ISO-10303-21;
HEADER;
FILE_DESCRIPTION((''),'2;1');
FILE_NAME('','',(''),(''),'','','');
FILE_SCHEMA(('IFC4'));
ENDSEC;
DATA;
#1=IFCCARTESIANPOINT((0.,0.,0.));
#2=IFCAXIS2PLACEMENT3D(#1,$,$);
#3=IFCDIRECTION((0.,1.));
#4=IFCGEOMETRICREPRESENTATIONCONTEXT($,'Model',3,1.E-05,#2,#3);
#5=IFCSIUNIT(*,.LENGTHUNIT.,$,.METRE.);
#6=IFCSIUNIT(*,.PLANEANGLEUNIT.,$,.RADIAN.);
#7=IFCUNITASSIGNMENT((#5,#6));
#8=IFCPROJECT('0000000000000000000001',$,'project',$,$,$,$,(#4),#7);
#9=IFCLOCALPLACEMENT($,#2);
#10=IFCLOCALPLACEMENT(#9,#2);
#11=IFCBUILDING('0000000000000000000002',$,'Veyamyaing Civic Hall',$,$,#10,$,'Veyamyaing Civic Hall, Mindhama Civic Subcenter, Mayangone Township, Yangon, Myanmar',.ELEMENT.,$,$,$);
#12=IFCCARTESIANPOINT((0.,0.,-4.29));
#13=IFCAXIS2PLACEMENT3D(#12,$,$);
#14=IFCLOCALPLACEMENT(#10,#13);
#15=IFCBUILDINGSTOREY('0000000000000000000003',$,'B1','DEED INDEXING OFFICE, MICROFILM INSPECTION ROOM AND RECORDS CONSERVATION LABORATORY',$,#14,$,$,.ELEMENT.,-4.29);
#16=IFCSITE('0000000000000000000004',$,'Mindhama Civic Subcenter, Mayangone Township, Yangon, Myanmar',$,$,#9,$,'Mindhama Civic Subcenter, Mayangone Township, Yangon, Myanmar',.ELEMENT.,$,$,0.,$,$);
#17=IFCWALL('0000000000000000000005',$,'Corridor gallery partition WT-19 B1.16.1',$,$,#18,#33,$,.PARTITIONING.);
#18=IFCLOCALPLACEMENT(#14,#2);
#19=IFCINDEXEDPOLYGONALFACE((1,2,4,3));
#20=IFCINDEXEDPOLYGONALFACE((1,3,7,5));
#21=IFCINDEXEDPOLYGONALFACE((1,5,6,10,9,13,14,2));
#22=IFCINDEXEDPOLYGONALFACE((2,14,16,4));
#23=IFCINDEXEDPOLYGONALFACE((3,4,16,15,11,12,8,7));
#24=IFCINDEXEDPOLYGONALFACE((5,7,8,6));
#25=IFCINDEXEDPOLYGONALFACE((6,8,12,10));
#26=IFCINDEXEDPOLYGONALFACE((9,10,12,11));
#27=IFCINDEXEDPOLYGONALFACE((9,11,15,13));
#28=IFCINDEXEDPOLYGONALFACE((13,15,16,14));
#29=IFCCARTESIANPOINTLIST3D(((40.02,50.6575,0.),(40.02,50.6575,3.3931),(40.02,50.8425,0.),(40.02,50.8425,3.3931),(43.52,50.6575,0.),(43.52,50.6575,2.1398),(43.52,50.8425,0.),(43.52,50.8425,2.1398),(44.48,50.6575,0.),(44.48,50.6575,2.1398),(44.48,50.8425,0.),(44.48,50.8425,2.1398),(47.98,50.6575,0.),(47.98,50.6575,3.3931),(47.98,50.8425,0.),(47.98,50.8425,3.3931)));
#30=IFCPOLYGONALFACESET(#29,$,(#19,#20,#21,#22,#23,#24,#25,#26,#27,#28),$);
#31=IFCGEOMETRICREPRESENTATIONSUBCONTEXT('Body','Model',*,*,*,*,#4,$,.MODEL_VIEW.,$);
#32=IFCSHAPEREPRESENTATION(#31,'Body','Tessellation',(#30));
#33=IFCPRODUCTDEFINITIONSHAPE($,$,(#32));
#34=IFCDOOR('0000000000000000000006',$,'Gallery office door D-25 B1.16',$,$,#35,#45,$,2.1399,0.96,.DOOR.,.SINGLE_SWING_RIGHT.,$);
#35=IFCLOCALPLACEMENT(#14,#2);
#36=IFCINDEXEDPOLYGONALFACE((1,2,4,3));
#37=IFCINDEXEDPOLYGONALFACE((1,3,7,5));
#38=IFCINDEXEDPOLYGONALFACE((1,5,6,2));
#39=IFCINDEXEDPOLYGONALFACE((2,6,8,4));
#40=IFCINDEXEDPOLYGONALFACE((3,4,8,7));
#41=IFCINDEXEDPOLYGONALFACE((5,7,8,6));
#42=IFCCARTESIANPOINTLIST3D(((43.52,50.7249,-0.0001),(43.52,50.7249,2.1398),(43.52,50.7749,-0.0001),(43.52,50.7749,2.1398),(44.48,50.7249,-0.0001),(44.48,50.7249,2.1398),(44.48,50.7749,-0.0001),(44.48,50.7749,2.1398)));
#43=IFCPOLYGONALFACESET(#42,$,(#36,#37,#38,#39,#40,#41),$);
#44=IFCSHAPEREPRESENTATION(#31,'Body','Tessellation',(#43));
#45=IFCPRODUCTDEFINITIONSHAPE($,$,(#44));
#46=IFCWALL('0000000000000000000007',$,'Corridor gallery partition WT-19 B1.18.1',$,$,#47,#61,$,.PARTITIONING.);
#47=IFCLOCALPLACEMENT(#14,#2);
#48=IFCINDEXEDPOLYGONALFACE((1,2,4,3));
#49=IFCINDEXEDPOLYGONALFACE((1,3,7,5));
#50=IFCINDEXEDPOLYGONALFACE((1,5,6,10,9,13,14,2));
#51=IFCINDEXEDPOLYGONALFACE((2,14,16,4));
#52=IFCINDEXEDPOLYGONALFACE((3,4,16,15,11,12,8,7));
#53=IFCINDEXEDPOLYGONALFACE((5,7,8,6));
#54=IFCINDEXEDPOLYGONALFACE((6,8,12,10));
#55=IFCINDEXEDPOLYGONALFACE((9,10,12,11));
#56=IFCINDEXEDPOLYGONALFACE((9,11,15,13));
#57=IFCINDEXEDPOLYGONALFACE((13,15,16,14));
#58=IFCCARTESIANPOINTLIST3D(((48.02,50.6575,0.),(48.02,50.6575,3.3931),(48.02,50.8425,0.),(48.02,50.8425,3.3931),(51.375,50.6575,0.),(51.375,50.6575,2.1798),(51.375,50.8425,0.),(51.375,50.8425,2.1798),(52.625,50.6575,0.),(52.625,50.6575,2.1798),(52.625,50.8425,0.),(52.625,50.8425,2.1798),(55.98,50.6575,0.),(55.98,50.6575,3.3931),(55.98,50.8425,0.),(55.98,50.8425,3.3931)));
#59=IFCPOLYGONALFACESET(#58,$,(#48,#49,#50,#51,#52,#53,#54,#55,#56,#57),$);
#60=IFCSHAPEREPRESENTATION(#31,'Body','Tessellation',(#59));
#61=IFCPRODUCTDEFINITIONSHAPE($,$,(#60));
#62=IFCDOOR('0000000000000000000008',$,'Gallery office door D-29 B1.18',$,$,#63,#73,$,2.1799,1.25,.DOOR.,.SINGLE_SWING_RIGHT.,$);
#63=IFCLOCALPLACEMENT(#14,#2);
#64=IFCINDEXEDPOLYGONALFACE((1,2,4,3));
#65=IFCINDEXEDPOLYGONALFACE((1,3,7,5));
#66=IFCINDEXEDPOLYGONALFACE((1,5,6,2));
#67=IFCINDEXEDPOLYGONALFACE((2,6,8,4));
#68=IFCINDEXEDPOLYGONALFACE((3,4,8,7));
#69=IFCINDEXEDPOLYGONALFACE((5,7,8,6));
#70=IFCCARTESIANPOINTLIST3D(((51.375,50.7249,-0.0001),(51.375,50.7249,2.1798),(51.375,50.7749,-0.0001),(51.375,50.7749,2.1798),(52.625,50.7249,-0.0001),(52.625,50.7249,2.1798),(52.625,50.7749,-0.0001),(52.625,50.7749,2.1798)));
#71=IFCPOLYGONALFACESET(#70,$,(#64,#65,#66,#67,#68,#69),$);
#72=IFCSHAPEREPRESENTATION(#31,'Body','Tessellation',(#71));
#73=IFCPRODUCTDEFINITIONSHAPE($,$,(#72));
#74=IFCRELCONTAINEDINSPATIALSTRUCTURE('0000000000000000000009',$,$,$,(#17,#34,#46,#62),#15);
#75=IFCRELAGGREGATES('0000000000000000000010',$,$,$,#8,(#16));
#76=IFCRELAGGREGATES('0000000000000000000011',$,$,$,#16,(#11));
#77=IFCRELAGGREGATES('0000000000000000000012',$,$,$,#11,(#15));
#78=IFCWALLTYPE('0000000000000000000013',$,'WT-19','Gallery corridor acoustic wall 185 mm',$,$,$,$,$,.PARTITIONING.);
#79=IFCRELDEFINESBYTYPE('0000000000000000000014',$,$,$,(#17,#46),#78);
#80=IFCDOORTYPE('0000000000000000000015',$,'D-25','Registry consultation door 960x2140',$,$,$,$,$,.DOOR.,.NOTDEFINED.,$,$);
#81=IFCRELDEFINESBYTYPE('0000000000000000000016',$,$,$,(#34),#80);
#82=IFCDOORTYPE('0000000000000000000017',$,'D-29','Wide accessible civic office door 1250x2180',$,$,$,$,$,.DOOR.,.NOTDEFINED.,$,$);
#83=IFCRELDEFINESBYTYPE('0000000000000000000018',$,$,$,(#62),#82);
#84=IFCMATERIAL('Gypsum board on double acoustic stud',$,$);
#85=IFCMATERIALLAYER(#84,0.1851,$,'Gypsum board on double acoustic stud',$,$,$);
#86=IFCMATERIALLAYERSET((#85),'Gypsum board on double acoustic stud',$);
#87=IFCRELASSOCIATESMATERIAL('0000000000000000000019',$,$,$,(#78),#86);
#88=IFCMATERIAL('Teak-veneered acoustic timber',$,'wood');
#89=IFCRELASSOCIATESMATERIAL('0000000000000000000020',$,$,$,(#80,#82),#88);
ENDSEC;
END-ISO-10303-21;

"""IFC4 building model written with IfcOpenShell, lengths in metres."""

from ifc_helpers import new_model, si_unit, direction, frame, frame_2d, origin, place, context, subcontext, project, spatial, rectangle, extrude, material, layer, layer_set, type_object, element, fill, save


model = new_model("IFC4")

# Units and contexts
model_context = context("Model", 3, precision=1e-05, world=origin(), true_north=direction((0.0, 1.0)))
body_context = subcontext(model_context, "Body", "Model", "MODEL_VIEW")
ifc_project = project(units=[si_unit("LENGTHUNIT", "METRE"), si_unit("PLANEANGLEUNIT", "RADIAN")], contexts=[model_context])

# Site, building, storey
site_placement = place(None, origin())
site = spatial("IfcSite", under=ifc_project, at=site_placement, Name="Mindhama Civic Subcenter, Mayangone Township, Yangon, Myanmar", LongName="Mindhama Civic Subcenter, Mayangone Township, Yangon, Myanmar", CompositionType="ELEMENT", RefElevation=0.0)
building_placement = place(site_placement, origin())
building = spatial("IfcBuilding", under=site, at=building_placement, Name="Veyamyaing Civic Hall", LongName="Veyamyaing Civic Hall, Mindhama Civic Subcenter, Mayangone Township, Yangon, Myanmar", CompositionType="ELEMENT")
storey_placement = place(building_placement, frame((0.0, 0.0, -4.29)))
storey = spatial("IfcBuildingStorey", under=building, at=storey_placement, Name="B1", Description="DEED INDEXING OFFICE, MICROFILM INSPECTION ROOM AND RECORDS CONSERVATION LABORATORY", CompositionType="ELEMENT", Elevation=-4.29)

# Shared definitions
ifc_material_1 = material(Name="Teak-veneered acoustic timber", Category="wood")

# Walls, openings, doors
ifc_material_2 = material(Name="Gypsum board on double acoustic stud")
ifc_layer_1 = layer(ifc_material_2, 0.1851, Name="Gypsum board on double acoustic stud")
ifc_layer_set_1 = layer_set([ifc_layer_1], Name="Gypsum board on double acoustic stud")
wall_type_1 = type_object("IfcWallType", Name="WT-19", Description="Gallery corridor acoustic wall 185 mm", PredefinedType="PARTITIONING", material=ifc_layer_set_1)
wall_1_placement = place(storey_placement, frame((40.02, 50.75, 0.0), z_axis=(0.0, 0.0, 1.0), x_axis=(1.0, 0.0, 0.0)))
wall_1 = element("IfcWall", 1, at=wall_1_placement, inside=storey, type_object=wall_type_1, Name="Corridor gallery partition WT-19 B1.16.1", PredefinedType="PARTITIONING", context=body_context, shape_type="SweptSolid", body=[
    extrude(rectangle(XDim=7.96, YDim=0.1851, at=frame_2d((3.98, 0.0))), origin(), (0.0, 0.0, 1.0), 3.3931),
])
opening_1_placement = place(wall_1_placement, frame((3.5, 0.0, 0.0)))
opening_1 = element("IfcOpeningElement", 2, at=opening_1_placement, cuts=wall_1, PredefinedType="OPENING", context=body_context, shape_type="SweptSolid", body=[
    extrude(rectangle(XDim=0.96, YDim=2.1399, at=frame_2d((0.48, 1.0698))), frame((0.0, 0.1025, 0.0), z_axis=(0.0, -1.0, 0.0), x_axis=(1.0, 0.0, 0.0)), (0.0, 0.0, 1.0), 0.2051),
])
door_type_1 = type_object("IfcDoorType", Name="D-25", Description="Registry consultation door 960x2140", OperationType="NOTDEFINED", PredefinedType="DOOR", material=ifc_material_1)
door_1_placement = place(opening_1_placement, origin())
door_1 = element("IfcDoor", 3, at=door_1_placement, inside=storey, type_object=door_type_1, Name="Gallery office door D-25 B1.16", OperationType="SINGLE_SWING_RIGHT", OverallHeight=2.1399, OverallWidth=0.96, PredefinedType="DOOR", context=body_context, shape_type="SweptSolid", body=[
    extrude(rectangle(XDim=0.96, YDim=2.1399, at=frame_2d((0.48, 1.0698))), frame((0.0, 0.0249, 0.0), z_axis=(0.0, -1.0, 0.0), x_axis=(1.0, 0.0, 0.0)), (0.0, 0.0, 1.0), 0.05),
])
fill(opening_1, door_1)
wall_2_placement = place(storey_placement, frame((48.02, 50.75, 0.0), z_axis=(0.0, 0.0, 1.0), x_axis=(1.0, 0.0, 0.0)))
wall_2 = element("IfcWall", 4, at=wall_2_placement, inside=storey, type_object=wall_type_1, Name="Corridor gallery partition WT-19 B1.18.1", PredefinedType="PARTITIONING", context=body_context, shape_type="SweptSolid", body=[
    extrude(rectangle(XDim=7.96, YDim=0.1851, at=frame_2d((3.98, 0.0))), origin(), (0.0, 0.0, 1.0), 3.3931),
])
opening_2_placement = place(wall_2_placement, frame((3.355, 0.0, 0.0)))
opening_2 = element("IfcOpeningElement", 5, at=opening_2_placement, cuts=wall_2, PredefinedType="OPENING", context=body_context, shape_type="SweptSolid", body=[
    extrude(rectangle(XDim=1.25, YDim=2.1799, at=frame_2d((0.625, 1.0898))), frame((0.0, 0.1025, 0.0), z_axis=(0.0, -1.0, 0.0), x_axis=(1.0, 0.0, 0.0)), (0.0, 0.0, 1.0), 0.2051),
])
door_type_2 = type_object("IfcDoorType", Name="D-29", Description="Wide accessible civic office door 1250x2180", OperationType="NOTDEFINED", PredefinedType="DOOR", material=ifc_material_1)
door_2_placement = place(opening_2_placement, origin())
door_2 = element("IfcDoor", 6, at=door_2_placement, inside=storey, type_object=door_type_2, Name="Gallery office door D-29 B1.18", OperationType="SINGLE_SWING_RIGHT", OverallHeight=2.1799, OverallWidth=1.25, PredefinedType="DOOR", context=body_context, shape_type="SweptSolid", body=[
    extrude(rectangle(XDim=1.25, YDim=2.1799, at=frame_2d((0.625, 1.0898))), frame((0.0, 0.0249, 0.0), z_axis=(0.0, -1.0, 0.0), x_axis=(1.0, 0.0, 0.0)), (0.0, 0.0, 1.0), 0.05),
])
fill(opening_2, door_2)

save(model, "model.ifc")
